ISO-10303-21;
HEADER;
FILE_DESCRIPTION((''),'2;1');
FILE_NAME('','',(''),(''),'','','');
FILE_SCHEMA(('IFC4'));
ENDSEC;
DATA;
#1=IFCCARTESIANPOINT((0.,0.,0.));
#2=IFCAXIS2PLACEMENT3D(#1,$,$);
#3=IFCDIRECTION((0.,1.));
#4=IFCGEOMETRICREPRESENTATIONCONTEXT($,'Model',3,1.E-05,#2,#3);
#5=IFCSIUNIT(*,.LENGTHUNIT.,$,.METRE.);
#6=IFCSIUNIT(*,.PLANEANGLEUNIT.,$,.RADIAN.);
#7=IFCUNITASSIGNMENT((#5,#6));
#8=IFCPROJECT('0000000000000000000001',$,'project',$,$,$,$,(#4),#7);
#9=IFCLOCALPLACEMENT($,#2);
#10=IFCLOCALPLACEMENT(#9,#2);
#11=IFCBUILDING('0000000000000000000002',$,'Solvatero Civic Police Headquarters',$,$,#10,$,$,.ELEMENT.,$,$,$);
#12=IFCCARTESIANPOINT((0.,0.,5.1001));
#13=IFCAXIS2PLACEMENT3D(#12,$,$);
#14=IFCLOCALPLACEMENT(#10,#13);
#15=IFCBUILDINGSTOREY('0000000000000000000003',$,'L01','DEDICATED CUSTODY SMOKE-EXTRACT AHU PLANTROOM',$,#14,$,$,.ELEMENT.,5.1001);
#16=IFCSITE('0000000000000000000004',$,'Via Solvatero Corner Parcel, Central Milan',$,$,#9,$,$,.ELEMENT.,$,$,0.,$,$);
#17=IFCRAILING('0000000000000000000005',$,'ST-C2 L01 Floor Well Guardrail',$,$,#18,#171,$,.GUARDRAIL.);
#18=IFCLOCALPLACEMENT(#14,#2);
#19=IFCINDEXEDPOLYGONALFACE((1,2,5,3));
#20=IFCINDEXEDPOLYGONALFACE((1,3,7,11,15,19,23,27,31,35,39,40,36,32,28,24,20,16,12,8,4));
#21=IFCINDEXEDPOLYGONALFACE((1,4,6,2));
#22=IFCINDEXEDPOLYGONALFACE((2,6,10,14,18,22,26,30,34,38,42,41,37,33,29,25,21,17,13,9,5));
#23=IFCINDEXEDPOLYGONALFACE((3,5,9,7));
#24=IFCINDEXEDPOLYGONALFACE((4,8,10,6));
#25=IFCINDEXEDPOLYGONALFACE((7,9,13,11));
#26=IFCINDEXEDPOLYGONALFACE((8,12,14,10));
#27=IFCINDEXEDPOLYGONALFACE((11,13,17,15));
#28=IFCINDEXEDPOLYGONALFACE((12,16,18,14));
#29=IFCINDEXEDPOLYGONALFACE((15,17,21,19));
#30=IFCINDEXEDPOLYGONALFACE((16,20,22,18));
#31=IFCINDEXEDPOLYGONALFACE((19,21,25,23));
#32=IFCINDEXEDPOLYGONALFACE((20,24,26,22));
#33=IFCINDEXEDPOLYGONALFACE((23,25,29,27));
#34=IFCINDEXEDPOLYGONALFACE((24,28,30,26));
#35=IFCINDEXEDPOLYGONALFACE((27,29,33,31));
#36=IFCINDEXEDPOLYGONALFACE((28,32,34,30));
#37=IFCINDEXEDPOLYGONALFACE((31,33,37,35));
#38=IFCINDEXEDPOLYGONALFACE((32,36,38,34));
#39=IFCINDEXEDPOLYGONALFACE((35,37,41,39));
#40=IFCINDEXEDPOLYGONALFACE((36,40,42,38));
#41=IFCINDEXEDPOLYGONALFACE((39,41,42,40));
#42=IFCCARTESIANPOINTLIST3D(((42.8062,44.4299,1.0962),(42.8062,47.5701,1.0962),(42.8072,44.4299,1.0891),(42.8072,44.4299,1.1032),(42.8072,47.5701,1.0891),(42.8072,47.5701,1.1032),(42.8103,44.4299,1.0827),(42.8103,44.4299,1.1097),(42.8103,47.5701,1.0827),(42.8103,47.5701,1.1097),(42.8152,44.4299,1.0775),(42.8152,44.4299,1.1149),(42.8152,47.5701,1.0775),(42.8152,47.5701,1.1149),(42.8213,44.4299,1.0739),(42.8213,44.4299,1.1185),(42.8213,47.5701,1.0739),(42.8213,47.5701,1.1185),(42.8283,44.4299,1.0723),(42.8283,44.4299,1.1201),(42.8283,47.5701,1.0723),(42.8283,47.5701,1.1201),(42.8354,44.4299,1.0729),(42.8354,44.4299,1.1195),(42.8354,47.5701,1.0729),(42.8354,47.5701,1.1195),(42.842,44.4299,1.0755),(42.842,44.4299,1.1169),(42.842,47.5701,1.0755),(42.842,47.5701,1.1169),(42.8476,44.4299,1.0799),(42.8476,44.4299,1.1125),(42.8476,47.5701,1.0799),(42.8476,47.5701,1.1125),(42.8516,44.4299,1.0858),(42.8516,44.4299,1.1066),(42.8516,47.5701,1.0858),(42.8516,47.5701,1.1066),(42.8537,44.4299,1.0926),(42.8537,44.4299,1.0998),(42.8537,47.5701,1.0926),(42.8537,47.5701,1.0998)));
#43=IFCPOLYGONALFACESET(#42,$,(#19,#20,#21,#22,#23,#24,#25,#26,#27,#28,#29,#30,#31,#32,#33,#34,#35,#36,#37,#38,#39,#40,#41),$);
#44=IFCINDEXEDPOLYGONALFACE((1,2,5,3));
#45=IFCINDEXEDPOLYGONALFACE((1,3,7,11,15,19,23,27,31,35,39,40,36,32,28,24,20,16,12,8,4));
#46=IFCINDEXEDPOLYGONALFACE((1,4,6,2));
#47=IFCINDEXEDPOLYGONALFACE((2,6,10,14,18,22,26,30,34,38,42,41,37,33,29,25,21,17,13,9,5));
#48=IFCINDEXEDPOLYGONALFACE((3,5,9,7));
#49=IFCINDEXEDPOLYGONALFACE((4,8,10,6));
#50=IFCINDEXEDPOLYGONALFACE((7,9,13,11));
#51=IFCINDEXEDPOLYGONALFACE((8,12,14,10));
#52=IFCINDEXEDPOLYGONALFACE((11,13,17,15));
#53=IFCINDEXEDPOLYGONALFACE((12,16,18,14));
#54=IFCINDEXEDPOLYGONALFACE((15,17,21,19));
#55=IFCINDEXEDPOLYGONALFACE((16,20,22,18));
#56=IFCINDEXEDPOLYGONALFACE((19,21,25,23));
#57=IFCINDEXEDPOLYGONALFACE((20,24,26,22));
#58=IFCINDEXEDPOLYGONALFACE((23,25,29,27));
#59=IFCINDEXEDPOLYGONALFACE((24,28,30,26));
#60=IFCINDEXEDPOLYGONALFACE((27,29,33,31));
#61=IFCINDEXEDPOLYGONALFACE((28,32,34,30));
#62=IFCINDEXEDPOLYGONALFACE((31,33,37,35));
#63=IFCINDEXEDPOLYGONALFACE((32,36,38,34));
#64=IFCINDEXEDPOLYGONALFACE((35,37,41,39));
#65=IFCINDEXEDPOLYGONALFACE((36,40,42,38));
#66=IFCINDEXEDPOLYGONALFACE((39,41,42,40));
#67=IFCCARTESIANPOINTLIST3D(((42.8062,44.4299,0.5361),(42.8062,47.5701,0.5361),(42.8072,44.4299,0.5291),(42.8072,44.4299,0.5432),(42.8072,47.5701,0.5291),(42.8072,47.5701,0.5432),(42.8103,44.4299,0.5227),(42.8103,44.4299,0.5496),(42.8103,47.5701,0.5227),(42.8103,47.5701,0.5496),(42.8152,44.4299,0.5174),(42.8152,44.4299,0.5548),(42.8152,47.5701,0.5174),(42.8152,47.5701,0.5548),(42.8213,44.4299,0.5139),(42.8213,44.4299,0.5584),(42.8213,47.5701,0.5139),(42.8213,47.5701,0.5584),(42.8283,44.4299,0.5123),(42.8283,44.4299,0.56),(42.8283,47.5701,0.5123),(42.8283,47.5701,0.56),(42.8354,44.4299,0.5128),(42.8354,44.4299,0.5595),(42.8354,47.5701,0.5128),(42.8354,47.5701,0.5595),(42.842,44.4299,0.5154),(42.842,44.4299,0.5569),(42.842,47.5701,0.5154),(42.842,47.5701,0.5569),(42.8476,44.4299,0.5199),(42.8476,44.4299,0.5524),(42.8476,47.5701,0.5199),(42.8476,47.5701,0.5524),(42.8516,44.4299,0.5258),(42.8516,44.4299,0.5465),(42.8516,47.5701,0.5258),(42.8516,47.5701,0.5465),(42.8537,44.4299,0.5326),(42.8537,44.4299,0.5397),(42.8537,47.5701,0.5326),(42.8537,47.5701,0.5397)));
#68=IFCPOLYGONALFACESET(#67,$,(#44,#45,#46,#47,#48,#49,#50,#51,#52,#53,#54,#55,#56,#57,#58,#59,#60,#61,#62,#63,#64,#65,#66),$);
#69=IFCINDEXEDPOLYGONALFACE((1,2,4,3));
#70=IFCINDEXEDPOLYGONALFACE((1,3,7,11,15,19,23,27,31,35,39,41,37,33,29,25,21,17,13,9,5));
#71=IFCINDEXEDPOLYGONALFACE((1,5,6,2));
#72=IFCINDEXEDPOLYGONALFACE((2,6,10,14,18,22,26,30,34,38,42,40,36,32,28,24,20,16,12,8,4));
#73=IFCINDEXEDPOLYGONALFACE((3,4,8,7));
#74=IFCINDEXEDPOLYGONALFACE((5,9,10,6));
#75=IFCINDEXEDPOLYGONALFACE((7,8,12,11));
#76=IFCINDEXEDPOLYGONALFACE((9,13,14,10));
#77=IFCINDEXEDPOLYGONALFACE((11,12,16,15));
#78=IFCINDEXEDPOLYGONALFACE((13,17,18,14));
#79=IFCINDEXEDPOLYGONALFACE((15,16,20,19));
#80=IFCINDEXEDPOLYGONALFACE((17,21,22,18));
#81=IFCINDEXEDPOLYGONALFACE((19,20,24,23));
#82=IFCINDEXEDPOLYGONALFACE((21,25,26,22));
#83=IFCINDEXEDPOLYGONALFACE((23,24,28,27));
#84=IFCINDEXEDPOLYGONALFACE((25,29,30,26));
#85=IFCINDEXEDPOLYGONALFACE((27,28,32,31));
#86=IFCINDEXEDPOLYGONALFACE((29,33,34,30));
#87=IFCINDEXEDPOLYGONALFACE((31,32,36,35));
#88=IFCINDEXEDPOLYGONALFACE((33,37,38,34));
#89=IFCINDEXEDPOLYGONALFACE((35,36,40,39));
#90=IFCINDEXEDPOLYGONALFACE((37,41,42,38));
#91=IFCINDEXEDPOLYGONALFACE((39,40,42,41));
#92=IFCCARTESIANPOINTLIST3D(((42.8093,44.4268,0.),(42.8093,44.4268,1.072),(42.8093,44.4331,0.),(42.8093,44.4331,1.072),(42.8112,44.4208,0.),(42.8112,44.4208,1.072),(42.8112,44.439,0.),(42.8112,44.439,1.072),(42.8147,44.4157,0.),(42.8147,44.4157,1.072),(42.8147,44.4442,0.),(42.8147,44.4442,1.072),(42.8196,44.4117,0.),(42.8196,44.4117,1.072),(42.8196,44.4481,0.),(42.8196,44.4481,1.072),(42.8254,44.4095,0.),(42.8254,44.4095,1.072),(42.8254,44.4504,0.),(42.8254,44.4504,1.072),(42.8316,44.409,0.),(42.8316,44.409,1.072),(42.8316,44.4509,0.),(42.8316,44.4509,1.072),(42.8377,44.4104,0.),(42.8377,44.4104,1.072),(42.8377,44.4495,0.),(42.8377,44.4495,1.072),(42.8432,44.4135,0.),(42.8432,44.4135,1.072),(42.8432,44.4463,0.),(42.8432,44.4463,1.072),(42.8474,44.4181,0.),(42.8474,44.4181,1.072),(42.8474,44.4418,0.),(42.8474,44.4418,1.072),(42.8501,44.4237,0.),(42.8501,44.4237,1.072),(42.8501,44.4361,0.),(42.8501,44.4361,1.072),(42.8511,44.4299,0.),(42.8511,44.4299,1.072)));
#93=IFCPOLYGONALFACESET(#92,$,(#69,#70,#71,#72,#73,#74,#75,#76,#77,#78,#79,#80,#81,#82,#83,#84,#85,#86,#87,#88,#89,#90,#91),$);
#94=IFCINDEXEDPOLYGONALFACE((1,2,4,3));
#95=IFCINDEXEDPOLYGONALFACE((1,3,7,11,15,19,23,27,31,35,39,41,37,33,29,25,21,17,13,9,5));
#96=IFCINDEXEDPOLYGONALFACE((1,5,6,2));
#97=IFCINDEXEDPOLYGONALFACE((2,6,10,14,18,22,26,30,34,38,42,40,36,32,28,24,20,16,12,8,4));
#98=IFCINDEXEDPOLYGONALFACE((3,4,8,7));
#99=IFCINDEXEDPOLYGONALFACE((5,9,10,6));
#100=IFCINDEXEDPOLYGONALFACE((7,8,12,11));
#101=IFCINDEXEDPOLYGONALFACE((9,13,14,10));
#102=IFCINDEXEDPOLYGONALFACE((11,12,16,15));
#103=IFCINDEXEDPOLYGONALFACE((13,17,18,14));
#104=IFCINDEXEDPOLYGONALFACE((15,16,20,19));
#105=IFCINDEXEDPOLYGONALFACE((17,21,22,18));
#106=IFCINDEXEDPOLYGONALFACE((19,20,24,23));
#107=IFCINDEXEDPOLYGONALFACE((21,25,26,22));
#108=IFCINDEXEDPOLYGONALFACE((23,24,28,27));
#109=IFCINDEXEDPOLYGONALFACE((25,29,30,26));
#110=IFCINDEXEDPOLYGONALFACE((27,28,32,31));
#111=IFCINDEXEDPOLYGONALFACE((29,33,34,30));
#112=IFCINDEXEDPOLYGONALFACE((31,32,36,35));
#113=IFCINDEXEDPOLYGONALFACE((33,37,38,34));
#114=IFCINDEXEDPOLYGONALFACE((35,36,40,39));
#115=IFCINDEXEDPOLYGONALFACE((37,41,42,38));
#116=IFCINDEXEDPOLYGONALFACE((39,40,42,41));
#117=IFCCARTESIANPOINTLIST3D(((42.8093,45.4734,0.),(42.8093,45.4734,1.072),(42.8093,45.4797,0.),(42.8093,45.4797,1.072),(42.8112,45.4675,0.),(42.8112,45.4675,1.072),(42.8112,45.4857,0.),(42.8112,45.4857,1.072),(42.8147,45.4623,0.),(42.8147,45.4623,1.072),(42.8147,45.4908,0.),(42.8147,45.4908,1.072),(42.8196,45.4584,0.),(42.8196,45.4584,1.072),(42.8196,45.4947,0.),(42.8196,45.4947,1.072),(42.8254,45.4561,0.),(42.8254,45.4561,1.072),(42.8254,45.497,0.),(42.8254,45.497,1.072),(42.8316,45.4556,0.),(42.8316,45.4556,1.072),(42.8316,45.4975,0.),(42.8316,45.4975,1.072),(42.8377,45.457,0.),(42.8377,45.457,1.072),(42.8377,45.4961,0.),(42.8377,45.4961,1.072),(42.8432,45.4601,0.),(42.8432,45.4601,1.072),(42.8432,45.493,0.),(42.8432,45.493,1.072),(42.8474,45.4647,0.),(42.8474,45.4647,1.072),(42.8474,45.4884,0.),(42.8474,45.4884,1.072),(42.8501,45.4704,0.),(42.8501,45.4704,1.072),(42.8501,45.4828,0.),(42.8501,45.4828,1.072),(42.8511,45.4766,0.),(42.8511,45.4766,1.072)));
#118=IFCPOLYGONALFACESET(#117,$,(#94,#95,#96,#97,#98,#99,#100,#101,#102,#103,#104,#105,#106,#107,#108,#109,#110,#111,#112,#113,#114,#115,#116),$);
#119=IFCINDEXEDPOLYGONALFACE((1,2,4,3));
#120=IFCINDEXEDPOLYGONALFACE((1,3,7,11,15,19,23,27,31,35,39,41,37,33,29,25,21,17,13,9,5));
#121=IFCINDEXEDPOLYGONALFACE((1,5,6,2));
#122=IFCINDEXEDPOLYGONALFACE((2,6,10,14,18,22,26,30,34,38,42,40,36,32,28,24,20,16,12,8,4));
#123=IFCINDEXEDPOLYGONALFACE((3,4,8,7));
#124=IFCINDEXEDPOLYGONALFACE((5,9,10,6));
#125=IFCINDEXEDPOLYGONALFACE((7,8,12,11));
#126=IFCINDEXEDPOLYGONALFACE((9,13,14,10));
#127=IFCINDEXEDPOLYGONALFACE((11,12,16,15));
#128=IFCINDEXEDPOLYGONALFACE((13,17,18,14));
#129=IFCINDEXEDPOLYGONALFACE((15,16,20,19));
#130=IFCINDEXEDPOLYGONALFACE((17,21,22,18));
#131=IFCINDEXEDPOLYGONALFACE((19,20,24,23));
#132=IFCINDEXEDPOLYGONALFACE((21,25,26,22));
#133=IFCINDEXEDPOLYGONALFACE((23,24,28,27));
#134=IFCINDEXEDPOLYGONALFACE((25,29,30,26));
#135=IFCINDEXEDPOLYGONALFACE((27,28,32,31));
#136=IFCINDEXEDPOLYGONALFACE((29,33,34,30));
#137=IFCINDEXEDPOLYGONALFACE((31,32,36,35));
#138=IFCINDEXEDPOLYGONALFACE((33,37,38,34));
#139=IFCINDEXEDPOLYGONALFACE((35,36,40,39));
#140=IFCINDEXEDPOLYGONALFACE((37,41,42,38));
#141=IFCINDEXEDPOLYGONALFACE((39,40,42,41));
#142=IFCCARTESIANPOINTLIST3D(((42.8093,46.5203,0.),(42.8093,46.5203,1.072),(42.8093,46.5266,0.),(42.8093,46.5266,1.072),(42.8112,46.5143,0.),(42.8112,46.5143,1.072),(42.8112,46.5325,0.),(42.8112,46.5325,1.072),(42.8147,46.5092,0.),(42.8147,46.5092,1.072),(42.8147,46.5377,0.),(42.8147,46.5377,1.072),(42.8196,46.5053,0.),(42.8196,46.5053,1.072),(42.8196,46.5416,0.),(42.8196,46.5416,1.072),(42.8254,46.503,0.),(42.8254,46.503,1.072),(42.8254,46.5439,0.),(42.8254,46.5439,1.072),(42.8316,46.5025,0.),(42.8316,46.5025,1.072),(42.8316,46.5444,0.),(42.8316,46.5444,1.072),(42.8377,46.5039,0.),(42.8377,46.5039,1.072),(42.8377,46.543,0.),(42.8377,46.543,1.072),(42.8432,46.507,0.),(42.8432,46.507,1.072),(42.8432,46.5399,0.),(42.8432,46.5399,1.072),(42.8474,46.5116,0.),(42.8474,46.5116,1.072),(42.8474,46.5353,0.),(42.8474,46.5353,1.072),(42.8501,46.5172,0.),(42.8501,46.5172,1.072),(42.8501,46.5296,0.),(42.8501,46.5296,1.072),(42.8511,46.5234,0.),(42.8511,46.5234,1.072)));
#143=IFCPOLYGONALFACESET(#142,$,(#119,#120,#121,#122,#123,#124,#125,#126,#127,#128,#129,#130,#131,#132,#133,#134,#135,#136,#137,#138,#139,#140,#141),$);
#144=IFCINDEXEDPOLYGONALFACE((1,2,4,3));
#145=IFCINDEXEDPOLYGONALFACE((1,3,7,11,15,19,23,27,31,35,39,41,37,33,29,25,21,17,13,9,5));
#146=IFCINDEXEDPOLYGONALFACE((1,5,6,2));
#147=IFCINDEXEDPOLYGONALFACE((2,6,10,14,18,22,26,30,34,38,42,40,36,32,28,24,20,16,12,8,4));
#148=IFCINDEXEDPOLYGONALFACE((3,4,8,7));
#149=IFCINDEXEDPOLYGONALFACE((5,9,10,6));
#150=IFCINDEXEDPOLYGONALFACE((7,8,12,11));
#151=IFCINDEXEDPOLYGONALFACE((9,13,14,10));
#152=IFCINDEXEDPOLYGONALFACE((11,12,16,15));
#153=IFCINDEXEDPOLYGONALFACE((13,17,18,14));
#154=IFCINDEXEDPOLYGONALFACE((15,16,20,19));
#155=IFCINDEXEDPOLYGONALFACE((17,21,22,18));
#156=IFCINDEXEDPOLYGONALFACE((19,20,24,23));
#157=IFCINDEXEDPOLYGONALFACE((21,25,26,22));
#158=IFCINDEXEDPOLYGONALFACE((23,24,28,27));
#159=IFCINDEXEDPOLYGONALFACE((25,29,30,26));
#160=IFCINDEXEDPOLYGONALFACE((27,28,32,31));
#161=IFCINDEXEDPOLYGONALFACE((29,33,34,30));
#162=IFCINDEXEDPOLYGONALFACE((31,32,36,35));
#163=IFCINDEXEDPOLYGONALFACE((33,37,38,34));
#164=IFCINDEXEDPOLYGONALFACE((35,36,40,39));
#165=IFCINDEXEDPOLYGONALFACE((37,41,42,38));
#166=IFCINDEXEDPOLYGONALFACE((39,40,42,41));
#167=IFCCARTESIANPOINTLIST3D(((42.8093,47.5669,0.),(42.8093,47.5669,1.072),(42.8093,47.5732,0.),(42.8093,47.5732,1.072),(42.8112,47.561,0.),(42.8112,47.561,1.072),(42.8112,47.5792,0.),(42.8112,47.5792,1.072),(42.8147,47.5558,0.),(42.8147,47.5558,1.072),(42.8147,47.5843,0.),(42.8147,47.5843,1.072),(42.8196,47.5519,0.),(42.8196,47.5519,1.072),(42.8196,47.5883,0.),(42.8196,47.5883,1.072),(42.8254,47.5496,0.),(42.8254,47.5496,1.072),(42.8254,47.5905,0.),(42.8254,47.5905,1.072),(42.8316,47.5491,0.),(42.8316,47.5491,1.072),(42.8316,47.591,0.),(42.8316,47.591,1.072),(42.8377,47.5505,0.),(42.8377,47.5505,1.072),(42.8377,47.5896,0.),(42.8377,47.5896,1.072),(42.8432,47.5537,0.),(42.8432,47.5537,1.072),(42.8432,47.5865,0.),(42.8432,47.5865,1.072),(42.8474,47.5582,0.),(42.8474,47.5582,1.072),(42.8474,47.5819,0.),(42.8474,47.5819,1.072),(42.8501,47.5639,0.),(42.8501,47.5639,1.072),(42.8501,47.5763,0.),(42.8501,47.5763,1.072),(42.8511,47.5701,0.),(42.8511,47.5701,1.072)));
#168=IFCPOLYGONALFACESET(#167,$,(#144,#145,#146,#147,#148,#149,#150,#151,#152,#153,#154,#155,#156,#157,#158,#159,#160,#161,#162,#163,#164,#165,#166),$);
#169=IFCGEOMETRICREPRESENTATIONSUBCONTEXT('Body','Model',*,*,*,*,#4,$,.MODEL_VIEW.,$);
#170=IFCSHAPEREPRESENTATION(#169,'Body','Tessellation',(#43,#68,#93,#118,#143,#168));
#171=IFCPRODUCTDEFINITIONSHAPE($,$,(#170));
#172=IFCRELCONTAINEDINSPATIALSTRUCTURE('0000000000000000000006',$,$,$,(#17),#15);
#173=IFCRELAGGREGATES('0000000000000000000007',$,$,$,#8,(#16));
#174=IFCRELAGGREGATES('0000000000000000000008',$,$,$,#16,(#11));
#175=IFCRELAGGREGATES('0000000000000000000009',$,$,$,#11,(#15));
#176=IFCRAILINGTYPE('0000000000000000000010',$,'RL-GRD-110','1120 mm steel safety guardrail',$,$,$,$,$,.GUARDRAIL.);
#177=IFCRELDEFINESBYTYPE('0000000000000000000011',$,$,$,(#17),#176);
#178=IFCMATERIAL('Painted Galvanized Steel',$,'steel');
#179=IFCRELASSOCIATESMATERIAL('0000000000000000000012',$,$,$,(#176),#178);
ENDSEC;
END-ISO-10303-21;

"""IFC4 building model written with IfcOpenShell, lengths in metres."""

from ifc_helpers import new_model, si_unit, direction, frame, origin, origin_2d, place, context, subcontext, project, spatial, circle, extrude, material, type_object, element, save


model = new_model("IFC4")

# Units and contexts
model_context = context("Model", 3, precision=1e-05, world=origin(), true_north=direction((0.0, 1.0)))
body_context = subcontext(model_context, "Body", "Model", "MODEL_VIEW")
ifc_project = project(units=[si_unit("LENGTHUNIT", "METRE"), si_unit("PLANEANGLEUNIT", "RADIAN")], contexts=[model_context])

# Site, building, storey
site_placement = place(None, origin())
site = spatial("IfcSite", under=ifc_project, at=site_placement, Name="Via Solvatero Corner Parcel, Central Milan", CompositionType="ELEMENT", RefElevation=0.0)
building_placement = place(site_placement, origin())
building = spatial("IfcBuilding", under=site, at=building_placement, Name="Solvatero Civic Police Headquarters", CompositionType="ELEMENT")
storey_placement = place(building_placement, frame((0.0, 0.0, 5.1001)))
storey = spatial("IfcBuildingStorey", under=building, at=storey_placement, Name="L01", Description="DEDICATED CUSTODY SMOKE-EXTRACT AHU PLANTROOM", CompositionType="ELEMENT", Elevation=5.1001)

# Railing
ifc_material_1 = material(Name="Painted Galvanized Steel", Category="steel")
railing_type_1 = type_object("IfcRailingType", Name="RL-GRD-110", Description="1120 mm steel safety guardrail", PredefinedType="GUARDRAIL", material=ifc_material_1)
railing_1_placement = place(storey_placement, frame((42.8301, 44.4299, 0.0)))
element("IfcRailing", 1, at=railing_1_placement, inside=storey, type_object=railing_type_1, Name="ST-C2 L01 Floor Well Guardrail", PredefinedType="GUARDRAIL", context=body_context, shape_type="SweptSolid", body=[
    extrude(circle(Radius=0.0239, at=origin_2d()), frame((0.0, 0.0, 1.0962), z_axis=(0.0, 1.0, 0.0), x_axis=(-1.0, 0.0, 0.0)), (0.0, 0.0, 1.0), 3.1401),
    extrude(circle(Radius=0.0239, at=origin_2d()), frame((0.0, 0.0, 0.5361), z_axis=(0.0, 1.0, 0.0), x_axis=(-1.0, 0.0, 0.0)), (0.0, 0.0, 1.0), 3.1401),
    extrude(circle(Radius=0.021, at=origin_2d()), origin(), (0.0, 0.0, 1.0), 1.072),
    extrude(circle(Radius=0.021, at=origin_2d()), frame((0.0, 1.0466, 0.0)), (0.0, 0.0, 1.0), 1.072),
    extrude(circle(Radius=0.021, at=origin_2d()), frame((0.0, 2.0935, 0.0)), (0.0, 0.0, 1.0), 1.072),
    extrude(circle(Radius=0.021, at=origin_2d()), frame((0.0, 3.1401, 0.0)), (0.0, 0.0, 1.0), 1.072),
])

save(model, "model.ifc")
